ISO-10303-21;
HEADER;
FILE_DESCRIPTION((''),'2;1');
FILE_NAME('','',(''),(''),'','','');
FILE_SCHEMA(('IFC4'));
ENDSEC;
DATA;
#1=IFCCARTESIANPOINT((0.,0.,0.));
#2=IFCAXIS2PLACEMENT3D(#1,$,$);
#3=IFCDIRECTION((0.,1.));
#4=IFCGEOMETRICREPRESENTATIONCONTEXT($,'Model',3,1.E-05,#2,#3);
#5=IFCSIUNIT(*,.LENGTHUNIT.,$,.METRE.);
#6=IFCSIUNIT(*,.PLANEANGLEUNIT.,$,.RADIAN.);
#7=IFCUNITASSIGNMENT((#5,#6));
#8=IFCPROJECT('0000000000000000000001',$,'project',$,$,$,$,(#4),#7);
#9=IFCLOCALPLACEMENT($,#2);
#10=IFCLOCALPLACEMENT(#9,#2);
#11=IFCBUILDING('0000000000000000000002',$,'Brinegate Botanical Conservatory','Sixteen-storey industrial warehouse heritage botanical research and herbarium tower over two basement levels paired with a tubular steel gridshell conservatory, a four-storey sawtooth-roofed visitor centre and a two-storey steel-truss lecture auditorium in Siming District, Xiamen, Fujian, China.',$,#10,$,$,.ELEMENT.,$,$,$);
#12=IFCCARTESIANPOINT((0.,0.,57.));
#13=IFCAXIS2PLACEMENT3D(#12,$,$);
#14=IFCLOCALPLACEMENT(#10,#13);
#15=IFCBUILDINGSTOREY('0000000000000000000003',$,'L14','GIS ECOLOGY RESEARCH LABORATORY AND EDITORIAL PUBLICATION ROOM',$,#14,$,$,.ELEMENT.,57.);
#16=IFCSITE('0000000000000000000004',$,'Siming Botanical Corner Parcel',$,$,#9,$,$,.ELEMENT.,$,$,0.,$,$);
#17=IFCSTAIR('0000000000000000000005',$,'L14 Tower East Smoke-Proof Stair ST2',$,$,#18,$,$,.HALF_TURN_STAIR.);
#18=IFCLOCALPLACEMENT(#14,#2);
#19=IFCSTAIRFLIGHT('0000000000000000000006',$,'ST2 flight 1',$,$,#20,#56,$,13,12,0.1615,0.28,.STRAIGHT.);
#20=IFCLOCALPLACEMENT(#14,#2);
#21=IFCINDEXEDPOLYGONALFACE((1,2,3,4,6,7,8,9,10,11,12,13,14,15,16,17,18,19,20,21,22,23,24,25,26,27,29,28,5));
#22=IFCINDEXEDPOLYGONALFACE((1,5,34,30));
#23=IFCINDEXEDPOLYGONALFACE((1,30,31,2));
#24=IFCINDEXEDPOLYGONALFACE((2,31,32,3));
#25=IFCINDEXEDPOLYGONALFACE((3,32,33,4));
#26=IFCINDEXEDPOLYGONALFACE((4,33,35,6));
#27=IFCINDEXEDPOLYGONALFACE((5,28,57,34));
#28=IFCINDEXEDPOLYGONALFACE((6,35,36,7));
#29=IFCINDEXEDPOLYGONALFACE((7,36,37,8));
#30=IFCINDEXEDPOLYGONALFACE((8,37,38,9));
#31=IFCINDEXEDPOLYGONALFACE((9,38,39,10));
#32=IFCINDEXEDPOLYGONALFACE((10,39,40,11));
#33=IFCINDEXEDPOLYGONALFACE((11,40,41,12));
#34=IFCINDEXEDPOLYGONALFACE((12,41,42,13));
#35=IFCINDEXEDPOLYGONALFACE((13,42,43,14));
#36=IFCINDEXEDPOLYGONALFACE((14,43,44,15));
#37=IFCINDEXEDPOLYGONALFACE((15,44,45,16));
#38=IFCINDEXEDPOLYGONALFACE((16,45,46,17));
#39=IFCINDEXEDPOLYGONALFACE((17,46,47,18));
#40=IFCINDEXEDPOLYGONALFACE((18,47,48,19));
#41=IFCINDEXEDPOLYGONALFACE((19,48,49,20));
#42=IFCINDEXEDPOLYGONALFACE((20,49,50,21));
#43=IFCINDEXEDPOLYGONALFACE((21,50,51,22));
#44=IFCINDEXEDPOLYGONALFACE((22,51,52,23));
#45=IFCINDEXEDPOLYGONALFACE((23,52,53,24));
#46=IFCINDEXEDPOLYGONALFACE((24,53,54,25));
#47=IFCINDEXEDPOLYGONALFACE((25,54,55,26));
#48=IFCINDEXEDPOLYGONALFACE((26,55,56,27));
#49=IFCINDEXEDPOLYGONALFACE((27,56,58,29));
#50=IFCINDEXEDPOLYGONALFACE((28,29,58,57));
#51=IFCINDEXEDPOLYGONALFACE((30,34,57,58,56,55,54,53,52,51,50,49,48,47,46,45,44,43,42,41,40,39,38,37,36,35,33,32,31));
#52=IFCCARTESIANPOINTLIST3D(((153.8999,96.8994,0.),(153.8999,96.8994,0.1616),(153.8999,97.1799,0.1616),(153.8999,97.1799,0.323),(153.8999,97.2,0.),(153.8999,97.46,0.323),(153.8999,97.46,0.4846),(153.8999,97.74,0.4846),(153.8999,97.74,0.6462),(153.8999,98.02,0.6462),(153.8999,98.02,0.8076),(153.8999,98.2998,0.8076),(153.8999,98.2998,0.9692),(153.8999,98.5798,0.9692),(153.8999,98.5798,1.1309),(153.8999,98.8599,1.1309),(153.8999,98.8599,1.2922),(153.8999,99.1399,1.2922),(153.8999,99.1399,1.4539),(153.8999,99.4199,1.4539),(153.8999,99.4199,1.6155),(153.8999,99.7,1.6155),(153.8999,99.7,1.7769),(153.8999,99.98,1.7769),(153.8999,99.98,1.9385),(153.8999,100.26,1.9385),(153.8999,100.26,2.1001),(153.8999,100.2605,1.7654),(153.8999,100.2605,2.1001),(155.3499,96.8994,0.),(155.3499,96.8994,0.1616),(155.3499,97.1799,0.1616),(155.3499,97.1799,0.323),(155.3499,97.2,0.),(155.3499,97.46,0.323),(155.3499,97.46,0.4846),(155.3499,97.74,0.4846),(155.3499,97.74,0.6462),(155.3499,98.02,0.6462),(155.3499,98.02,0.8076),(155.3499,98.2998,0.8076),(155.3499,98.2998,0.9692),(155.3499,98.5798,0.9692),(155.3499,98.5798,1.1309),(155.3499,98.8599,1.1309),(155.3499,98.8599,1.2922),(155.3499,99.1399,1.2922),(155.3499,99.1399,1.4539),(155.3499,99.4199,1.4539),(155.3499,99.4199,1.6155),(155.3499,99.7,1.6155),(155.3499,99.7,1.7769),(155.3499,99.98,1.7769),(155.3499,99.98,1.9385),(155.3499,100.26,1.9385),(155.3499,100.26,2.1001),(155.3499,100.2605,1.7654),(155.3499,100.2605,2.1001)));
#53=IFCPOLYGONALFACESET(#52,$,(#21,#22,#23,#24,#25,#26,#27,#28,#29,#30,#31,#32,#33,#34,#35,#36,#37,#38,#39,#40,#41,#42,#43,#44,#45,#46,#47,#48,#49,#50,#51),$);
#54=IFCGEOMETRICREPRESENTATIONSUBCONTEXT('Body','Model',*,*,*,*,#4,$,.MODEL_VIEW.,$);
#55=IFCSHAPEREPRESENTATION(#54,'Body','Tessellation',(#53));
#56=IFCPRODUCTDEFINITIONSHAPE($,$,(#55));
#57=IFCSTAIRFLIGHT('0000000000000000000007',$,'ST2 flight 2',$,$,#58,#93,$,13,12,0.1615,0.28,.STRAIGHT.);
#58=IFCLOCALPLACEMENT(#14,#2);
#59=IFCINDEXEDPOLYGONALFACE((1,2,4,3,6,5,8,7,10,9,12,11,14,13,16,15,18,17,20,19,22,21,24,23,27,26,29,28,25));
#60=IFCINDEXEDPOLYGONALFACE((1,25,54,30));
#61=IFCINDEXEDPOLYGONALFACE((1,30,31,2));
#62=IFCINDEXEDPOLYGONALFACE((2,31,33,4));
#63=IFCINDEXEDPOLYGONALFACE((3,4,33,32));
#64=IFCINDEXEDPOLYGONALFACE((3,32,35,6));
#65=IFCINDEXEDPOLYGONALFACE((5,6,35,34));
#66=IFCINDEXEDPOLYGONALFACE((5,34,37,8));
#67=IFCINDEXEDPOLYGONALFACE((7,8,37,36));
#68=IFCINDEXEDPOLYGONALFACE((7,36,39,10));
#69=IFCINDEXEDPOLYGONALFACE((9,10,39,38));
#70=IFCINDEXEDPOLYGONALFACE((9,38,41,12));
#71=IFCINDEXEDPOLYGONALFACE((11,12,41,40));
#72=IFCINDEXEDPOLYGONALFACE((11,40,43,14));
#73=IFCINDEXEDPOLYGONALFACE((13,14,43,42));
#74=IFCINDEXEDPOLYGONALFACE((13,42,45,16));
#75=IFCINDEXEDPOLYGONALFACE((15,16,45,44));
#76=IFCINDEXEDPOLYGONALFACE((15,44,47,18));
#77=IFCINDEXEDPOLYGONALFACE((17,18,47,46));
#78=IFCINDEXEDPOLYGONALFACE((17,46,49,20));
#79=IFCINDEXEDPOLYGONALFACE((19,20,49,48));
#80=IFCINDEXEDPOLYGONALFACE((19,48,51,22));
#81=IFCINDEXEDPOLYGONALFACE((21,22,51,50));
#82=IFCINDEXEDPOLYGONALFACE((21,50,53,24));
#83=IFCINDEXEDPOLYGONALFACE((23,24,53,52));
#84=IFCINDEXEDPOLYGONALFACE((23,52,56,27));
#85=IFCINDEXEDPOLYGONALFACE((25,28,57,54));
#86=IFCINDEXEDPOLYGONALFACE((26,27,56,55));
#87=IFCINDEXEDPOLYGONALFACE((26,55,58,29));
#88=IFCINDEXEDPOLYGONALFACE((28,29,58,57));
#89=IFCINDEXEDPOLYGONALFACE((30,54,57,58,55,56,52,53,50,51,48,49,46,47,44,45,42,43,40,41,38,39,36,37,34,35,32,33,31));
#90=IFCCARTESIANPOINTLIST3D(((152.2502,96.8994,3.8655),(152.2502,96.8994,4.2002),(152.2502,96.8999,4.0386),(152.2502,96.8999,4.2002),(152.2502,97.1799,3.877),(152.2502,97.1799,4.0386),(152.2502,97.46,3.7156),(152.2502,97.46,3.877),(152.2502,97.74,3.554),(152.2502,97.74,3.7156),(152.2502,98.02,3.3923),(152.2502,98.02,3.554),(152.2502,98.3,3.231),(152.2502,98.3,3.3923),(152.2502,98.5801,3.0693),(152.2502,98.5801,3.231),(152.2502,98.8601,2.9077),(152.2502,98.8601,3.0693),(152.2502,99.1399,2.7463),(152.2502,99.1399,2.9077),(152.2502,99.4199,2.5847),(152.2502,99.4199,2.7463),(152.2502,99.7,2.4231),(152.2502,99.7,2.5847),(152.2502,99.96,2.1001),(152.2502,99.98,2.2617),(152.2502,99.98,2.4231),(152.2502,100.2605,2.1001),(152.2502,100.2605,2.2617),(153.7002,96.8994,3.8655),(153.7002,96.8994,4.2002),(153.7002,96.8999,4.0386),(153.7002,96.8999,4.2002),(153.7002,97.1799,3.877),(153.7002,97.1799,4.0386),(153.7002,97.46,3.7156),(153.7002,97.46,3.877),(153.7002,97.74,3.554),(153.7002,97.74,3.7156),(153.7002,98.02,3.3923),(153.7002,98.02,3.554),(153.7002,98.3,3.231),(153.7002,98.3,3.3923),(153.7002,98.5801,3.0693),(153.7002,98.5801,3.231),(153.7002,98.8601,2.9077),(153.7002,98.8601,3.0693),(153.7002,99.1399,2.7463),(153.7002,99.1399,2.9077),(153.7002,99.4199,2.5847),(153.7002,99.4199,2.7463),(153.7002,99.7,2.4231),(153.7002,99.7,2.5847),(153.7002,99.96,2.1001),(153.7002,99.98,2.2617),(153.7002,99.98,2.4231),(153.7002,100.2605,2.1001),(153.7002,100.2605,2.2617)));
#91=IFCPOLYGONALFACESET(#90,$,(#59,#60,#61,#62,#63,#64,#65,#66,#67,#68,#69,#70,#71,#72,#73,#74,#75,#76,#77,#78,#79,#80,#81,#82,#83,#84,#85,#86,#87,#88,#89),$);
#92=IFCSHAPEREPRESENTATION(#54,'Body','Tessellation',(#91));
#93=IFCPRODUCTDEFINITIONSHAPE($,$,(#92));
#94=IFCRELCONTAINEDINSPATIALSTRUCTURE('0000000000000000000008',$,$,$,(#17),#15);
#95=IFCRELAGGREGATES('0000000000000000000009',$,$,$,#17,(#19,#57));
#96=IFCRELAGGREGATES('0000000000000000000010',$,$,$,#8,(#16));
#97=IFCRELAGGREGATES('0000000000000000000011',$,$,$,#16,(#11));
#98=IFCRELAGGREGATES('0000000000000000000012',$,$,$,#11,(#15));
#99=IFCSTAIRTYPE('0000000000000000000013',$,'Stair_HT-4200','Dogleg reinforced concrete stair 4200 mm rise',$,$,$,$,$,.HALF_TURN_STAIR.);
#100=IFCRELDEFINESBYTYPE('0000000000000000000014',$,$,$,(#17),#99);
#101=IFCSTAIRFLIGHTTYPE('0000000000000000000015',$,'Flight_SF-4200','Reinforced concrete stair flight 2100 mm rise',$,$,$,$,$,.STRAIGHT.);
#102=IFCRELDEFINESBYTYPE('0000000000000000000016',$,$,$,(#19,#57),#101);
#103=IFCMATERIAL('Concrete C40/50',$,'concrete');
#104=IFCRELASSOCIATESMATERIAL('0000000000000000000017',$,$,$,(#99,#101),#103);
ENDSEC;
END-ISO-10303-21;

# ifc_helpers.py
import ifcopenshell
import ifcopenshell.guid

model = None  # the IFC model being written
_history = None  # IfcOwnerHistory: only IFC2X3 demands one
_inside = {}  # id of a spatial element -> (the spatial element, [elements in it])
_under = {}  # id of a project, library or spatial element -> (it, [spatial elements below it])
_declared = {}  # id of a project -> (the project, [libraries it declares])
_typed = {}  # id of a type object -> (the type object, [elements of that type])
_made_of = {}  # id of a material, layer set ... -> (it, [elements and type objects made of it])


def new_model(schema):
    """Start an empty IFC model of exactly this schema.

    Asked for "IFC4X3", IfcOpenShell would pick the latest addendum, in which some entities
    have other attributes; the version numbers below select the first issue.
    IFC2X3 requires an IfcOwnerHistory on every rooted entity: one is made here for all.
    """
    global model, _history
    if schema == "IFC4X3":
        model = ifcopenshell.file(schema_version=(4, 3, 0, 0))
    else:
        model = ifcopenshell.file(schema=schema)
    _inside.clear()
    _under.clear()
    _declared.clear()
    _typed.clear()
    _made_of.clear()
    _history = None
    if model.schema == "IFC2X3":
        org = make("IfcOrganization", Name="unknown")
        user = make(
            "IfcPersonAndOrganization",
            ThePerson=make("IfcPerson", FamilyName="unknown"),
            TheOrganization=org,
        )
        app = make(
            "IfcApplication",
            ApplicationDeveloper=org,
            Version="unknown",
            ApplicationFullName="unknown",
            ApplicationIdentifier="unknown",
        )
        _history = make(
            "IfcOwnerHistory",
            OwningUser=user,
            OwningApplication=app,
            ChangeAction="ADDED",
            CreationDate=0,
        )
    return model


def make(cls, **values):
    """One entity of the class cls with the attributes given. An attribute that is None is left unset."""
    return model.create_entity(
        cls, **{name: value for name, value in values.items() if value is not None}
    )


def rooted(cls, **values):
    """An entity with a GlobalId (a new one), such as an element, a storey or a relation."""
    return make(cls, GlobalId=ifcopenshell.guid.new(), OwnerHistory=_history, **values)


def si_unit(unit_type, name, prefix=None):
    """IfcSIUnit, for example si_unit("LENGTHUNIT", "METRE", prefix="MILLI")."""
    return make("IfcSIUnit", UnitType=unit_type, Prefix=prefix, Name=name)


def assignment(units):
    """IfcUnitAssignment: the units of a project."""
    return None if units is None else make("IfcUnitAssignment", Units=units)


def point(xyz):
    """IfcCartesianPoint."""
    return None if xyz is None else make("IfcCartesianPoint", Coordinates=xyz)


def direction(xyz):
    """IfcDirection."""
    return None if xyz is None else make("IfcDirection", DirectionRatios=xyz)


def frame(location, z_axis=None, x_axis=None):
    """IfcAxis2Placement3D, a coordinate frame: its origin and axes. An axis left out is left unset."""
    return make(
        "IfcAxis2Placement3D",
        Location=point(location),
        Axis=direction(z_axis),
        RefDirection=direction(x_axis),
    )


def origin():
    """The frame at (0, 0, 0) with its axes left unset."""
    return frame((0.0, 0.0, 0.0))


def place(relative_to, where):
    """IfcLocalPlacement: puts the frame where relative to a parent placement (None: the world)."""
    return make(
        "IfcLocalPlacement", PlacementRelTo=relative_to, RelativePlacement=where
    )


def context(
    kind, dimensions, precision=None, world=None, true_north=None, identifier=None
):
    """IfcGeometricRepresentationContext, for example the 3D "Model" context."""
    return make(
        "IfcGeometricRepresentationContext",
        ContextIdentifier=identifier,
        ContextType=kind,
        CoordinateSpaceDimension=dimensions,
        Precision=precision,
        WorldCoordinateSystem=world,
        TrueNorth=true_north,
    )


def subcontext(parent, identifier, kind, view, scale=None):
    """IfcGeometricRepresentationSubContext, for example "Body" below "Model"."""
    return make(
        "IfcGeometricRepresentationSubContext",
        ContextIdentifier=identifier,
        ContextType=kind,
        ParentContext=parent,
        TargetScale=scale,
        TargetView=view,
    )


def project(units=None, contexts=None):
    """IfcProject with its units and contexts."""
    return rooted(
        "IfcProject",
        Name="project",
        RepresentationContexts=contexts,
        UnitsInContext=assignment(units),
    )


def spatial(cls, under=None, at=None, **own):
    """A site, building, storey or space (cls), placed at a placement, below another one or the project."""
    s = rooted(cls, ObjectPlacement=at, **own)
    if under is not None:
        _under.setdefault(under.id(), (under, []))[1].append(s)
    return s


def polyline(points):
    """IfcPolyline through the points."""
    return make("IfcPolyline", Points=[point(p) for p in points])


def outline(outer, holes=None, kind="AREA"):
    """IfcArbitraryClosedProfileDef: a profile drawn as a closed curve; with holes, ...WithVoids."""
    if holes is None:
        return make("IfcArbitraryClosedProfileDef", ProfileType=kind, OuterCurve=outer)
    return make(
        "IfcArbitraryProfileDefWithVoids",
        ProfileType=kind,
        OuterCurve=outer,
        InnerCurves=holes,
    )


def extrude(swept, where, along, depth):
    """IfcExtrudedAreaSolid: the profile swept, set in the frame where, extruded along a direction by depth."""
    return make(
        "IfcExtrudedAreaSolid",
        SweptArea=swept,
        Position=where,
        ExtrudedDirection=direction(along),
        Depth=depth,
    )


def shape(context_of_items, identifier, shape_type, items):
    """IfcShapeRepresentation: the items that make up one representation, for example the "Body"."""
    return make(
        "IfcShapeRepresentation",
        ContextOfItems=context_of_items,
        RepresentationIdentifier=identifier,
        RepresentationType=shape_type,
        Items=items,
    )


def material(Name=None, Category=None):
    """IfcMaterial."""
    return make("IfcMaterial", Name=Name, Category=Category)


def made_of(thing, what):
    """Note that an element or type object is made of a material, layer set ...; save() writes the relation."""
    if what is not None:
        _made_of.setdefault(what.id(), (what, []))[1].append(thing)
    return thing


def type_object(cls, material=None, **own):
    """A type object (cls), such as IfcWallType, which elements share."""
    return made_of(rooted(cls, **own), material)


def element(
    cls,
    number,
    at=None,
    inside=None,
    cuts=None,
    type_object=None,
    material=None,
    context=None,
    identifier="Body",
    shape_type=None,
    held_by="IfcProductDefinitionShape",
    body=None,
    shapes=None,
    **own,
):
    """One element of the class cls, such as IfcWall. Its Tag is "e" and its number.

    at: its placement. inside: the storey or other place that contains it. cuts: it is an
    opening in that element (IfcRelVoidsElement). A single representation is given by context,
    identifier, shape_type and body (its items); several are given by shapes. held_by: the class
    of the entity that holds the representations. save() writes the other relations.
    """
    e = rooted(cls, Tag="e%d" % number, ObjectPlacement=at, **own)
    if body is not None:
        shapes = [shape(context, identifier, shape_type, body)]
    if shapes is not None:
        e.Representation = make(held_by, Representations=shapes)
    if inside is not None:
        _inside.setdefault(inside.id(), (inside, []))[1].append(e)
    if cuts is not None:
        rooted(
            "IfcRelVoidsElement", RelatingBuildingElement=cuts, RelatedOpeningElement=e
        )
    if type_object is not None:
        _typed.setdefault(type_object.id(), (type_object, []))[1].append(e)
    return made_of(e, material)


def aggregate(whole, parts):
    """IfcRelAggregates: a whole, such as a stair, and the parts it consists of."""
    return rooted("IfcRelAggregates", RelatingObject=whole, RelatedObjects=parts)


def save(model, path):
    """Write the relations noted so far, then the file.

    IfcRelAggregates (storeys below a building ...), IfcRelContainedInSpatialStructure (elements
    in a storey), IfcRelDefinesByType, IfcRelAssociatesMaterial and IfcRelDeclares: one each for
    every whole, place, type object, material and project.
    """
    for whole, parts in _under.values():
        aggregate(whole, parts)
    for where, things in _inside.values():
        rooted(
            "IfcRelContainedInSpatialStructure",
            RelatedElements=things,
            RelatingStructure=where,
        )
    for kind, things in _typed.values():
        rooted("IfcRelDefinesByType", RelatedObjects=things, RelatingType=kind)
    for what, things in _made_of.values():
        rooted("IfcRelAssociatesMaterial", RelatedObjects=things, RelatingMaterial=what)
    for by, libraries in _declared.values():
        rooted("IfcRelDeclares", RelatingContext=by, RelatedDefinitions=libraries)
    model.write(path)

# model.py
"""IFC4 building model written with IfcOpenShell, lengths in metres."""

from ifc_helpers import new_model, si_unit, direction, frame, origin, place, context, subcontext, project, spatial, polyline, outline, extrude, material, type_object, element, aggregate, save


model = new_model("IFC4")

# Units and contexts
model_context = context("Model", 3, precision=1e-05, world=origin(), true_north=direction((0.0, 1.0)))
body_context = subcontext(model_context, "Body", "Model", "MODEL_VIEW")
ifc_project = project(units=[si_unit("LENGTHUNIT", "METRE"), si_unit("PLANEANGLEUNIT", "RADIAN")], contexts=[model_context])

# Site, building, storey
site_placement = place(None, origin())
site = spatial("IfcSite", under=ifc_project, at=site_placement, Name="Siming Botanical Corner Parcel", CompositionType="ELEMENT", RefElevation=0.0)
building_placement = place(site_placement, origin())
building = spatial("IfcBuilding", under=site, at=building_placement, Name="Brinegate Botanical Conservatory", Description="Sixteen-storey industrial warehouse heritage botanical research and herbarium tower over two basement levels paired with a tubular steel gridshell conservatory, a four-storey sawtooth-roofed visitor centre and a two-storey steel-truss lecture auditorium in Siming District, Xiamen, Fujian, China.", CompositionType="ELEMENT")
storey_placement = place(building_placement, frame((0.0, 0.0, 57.0)))
storey = spatial("IfcBuildingStorey", under=building, at=storey_placement, Name="L14", Description="GIS ECOLOGY RESEARCH LABORATORY AND EDITORIAL PUBLICATION ROOM", CompositionType="ELEMENT", Elevation=57.0)

# Shared definitions
ifc_material_1 = material(Name="Concrete C40/50", Category="concrete")

# Stair, stair flights
stair_type = type_object("IfcStairType", Name="Stair_HT-4200", Description="Dogleg reinforced concrete stair 4200 mm rise", PredefinedType="HALF_TURN_STAIR", material=ifc_material_1)
stair_placement = place(storey_placement, origin())
stair = element("IfcStair", 1, at=stair_placement, inside=storey, type_object=stair_type, Name="L14 Tower East Smoke-Proof Stair ST2", PredefinedType="HALF_TURN_STAIR")
stair_flight_type = type_object("IfcStairFlightType", Name="Flight_SF-4200", Description="Reinforced concrete stair flight 2100 mm rise", PredefinedType="STRAIGHT", material=ifc_material_1)
stair_flight_1_placement = place(storey_placement, frame((154.625, 96.8999, 0.0), z_axis=(0.0, 0.0, 1.0), x_axis=(0.0, 1.0, 0.0)))
stair_flight_1 = element("IfcStairFlight", 2, at=stair_flight_1_placement, type_object=stair_flight_type, Name="ST2 flight 1", NumberOfRisers=13, NumberOfTreads=12, PredefinedType="STRAIGHT", RiserHeight=0.1615, TreadLength=0.28, context=body_context, shape_type="SweptSolid", body=[
    extrude(outline(polyline([(-0.0005, 0.0), (-0.0005, 0.1616), (0.28, 0.1616), (0.28, 0.323), (0.5601, 0.323), (0.5601, 0.4846), (0.8401, 0.4846), (0.8401, 0.6462), (1.1201, 0.6462), (1.1201, 0.8076), (1.3999, 0.8076), (1.3999, 0.9692), (1.6799, 0.9692), (1.6799, 1.1309), (1.96, 1.1309), (1.96, 1.2922), (2.24, 1.2922), (2.24, 1.4539), (2.52, 1.4539), (2.52, 1.6155), (2.8, 1.6155), (2.8, 1.7769), (3.0801, 1.7769), (3.0801, 1.9385), (3.3601, 1.9385), (3.3601, 2.1001), (3.3606, 2.1001), (3.3606, 1.7654), (0.3, 0.0), (-0.0005, 0.0)])), frame((0.0, 0.7251, 0.0), z_axis=(0.0, -1.0, 0.0), x_axis=(1.0, 0.0, 0.0)), (0.0, 0.0, 1.0), 1.45),
])
stair_flight_2_placement = place(storey_placement, frame((152.9751, 100.26, 2.1001), z_axis=(0.0, 0.0, 1.0), x_axis=(0.0, -1.0, 0.0)))
stair_flight_2 = element("IfcStairFlight", 3, at=stair_flight_2_placement, type_object=stair_flight_type, Name="ST2 flight 2", NumberOfRisers=13, NumberOfTreads=12, PredefinedType="STRAIGHT", RiserHeight=0.1615, TreadLength=0.28, context=body_context, shape_type="SweptSolid", body=[
    extrude(outline(polyline([(-0.0005, 0.0), (-0.0005, 0.1616), (0.28, 0.1616), (0.28, 0.323), (0.5601, 0.323), (0.5601, 0.4846), (0.8401, 0.4846), (0.8401, 0.6462), (1.1201, 0.6462), (1.1201, 0.8076), (1.3999, 0.8076), (1.3999, 0.9692), (1.6799, 0.9692), (1.6799, 1.1309), (1.96, 1.1309), (1.96, 1.2922), (2.24, 1.2922), (2.24, 1.4539), (2.52, 1.4539), (2.52, 1.6155), (2.8, 1.6155), (2.8, 1.7769), (3.0801, 1.7769), (3.0801, 1.9385), (3.3601, 1.9385), (3.3601, 2.1001), (3.3606, 2.1001), (3.3606, 1.7654), (0.3, 0.0), (-0.0005, 0.0)])), frame((0.0, 0.7251, 0.0), z_axis=(0.0, -1.0, 0.0), x_axis=(1.0, 0.0, 0.0)), (0.0, 0.0, 1.0), 1.45),
])
aggregate(stair, [stair_flight_1, stair_flight_2])

save(model, "model.ifc")
